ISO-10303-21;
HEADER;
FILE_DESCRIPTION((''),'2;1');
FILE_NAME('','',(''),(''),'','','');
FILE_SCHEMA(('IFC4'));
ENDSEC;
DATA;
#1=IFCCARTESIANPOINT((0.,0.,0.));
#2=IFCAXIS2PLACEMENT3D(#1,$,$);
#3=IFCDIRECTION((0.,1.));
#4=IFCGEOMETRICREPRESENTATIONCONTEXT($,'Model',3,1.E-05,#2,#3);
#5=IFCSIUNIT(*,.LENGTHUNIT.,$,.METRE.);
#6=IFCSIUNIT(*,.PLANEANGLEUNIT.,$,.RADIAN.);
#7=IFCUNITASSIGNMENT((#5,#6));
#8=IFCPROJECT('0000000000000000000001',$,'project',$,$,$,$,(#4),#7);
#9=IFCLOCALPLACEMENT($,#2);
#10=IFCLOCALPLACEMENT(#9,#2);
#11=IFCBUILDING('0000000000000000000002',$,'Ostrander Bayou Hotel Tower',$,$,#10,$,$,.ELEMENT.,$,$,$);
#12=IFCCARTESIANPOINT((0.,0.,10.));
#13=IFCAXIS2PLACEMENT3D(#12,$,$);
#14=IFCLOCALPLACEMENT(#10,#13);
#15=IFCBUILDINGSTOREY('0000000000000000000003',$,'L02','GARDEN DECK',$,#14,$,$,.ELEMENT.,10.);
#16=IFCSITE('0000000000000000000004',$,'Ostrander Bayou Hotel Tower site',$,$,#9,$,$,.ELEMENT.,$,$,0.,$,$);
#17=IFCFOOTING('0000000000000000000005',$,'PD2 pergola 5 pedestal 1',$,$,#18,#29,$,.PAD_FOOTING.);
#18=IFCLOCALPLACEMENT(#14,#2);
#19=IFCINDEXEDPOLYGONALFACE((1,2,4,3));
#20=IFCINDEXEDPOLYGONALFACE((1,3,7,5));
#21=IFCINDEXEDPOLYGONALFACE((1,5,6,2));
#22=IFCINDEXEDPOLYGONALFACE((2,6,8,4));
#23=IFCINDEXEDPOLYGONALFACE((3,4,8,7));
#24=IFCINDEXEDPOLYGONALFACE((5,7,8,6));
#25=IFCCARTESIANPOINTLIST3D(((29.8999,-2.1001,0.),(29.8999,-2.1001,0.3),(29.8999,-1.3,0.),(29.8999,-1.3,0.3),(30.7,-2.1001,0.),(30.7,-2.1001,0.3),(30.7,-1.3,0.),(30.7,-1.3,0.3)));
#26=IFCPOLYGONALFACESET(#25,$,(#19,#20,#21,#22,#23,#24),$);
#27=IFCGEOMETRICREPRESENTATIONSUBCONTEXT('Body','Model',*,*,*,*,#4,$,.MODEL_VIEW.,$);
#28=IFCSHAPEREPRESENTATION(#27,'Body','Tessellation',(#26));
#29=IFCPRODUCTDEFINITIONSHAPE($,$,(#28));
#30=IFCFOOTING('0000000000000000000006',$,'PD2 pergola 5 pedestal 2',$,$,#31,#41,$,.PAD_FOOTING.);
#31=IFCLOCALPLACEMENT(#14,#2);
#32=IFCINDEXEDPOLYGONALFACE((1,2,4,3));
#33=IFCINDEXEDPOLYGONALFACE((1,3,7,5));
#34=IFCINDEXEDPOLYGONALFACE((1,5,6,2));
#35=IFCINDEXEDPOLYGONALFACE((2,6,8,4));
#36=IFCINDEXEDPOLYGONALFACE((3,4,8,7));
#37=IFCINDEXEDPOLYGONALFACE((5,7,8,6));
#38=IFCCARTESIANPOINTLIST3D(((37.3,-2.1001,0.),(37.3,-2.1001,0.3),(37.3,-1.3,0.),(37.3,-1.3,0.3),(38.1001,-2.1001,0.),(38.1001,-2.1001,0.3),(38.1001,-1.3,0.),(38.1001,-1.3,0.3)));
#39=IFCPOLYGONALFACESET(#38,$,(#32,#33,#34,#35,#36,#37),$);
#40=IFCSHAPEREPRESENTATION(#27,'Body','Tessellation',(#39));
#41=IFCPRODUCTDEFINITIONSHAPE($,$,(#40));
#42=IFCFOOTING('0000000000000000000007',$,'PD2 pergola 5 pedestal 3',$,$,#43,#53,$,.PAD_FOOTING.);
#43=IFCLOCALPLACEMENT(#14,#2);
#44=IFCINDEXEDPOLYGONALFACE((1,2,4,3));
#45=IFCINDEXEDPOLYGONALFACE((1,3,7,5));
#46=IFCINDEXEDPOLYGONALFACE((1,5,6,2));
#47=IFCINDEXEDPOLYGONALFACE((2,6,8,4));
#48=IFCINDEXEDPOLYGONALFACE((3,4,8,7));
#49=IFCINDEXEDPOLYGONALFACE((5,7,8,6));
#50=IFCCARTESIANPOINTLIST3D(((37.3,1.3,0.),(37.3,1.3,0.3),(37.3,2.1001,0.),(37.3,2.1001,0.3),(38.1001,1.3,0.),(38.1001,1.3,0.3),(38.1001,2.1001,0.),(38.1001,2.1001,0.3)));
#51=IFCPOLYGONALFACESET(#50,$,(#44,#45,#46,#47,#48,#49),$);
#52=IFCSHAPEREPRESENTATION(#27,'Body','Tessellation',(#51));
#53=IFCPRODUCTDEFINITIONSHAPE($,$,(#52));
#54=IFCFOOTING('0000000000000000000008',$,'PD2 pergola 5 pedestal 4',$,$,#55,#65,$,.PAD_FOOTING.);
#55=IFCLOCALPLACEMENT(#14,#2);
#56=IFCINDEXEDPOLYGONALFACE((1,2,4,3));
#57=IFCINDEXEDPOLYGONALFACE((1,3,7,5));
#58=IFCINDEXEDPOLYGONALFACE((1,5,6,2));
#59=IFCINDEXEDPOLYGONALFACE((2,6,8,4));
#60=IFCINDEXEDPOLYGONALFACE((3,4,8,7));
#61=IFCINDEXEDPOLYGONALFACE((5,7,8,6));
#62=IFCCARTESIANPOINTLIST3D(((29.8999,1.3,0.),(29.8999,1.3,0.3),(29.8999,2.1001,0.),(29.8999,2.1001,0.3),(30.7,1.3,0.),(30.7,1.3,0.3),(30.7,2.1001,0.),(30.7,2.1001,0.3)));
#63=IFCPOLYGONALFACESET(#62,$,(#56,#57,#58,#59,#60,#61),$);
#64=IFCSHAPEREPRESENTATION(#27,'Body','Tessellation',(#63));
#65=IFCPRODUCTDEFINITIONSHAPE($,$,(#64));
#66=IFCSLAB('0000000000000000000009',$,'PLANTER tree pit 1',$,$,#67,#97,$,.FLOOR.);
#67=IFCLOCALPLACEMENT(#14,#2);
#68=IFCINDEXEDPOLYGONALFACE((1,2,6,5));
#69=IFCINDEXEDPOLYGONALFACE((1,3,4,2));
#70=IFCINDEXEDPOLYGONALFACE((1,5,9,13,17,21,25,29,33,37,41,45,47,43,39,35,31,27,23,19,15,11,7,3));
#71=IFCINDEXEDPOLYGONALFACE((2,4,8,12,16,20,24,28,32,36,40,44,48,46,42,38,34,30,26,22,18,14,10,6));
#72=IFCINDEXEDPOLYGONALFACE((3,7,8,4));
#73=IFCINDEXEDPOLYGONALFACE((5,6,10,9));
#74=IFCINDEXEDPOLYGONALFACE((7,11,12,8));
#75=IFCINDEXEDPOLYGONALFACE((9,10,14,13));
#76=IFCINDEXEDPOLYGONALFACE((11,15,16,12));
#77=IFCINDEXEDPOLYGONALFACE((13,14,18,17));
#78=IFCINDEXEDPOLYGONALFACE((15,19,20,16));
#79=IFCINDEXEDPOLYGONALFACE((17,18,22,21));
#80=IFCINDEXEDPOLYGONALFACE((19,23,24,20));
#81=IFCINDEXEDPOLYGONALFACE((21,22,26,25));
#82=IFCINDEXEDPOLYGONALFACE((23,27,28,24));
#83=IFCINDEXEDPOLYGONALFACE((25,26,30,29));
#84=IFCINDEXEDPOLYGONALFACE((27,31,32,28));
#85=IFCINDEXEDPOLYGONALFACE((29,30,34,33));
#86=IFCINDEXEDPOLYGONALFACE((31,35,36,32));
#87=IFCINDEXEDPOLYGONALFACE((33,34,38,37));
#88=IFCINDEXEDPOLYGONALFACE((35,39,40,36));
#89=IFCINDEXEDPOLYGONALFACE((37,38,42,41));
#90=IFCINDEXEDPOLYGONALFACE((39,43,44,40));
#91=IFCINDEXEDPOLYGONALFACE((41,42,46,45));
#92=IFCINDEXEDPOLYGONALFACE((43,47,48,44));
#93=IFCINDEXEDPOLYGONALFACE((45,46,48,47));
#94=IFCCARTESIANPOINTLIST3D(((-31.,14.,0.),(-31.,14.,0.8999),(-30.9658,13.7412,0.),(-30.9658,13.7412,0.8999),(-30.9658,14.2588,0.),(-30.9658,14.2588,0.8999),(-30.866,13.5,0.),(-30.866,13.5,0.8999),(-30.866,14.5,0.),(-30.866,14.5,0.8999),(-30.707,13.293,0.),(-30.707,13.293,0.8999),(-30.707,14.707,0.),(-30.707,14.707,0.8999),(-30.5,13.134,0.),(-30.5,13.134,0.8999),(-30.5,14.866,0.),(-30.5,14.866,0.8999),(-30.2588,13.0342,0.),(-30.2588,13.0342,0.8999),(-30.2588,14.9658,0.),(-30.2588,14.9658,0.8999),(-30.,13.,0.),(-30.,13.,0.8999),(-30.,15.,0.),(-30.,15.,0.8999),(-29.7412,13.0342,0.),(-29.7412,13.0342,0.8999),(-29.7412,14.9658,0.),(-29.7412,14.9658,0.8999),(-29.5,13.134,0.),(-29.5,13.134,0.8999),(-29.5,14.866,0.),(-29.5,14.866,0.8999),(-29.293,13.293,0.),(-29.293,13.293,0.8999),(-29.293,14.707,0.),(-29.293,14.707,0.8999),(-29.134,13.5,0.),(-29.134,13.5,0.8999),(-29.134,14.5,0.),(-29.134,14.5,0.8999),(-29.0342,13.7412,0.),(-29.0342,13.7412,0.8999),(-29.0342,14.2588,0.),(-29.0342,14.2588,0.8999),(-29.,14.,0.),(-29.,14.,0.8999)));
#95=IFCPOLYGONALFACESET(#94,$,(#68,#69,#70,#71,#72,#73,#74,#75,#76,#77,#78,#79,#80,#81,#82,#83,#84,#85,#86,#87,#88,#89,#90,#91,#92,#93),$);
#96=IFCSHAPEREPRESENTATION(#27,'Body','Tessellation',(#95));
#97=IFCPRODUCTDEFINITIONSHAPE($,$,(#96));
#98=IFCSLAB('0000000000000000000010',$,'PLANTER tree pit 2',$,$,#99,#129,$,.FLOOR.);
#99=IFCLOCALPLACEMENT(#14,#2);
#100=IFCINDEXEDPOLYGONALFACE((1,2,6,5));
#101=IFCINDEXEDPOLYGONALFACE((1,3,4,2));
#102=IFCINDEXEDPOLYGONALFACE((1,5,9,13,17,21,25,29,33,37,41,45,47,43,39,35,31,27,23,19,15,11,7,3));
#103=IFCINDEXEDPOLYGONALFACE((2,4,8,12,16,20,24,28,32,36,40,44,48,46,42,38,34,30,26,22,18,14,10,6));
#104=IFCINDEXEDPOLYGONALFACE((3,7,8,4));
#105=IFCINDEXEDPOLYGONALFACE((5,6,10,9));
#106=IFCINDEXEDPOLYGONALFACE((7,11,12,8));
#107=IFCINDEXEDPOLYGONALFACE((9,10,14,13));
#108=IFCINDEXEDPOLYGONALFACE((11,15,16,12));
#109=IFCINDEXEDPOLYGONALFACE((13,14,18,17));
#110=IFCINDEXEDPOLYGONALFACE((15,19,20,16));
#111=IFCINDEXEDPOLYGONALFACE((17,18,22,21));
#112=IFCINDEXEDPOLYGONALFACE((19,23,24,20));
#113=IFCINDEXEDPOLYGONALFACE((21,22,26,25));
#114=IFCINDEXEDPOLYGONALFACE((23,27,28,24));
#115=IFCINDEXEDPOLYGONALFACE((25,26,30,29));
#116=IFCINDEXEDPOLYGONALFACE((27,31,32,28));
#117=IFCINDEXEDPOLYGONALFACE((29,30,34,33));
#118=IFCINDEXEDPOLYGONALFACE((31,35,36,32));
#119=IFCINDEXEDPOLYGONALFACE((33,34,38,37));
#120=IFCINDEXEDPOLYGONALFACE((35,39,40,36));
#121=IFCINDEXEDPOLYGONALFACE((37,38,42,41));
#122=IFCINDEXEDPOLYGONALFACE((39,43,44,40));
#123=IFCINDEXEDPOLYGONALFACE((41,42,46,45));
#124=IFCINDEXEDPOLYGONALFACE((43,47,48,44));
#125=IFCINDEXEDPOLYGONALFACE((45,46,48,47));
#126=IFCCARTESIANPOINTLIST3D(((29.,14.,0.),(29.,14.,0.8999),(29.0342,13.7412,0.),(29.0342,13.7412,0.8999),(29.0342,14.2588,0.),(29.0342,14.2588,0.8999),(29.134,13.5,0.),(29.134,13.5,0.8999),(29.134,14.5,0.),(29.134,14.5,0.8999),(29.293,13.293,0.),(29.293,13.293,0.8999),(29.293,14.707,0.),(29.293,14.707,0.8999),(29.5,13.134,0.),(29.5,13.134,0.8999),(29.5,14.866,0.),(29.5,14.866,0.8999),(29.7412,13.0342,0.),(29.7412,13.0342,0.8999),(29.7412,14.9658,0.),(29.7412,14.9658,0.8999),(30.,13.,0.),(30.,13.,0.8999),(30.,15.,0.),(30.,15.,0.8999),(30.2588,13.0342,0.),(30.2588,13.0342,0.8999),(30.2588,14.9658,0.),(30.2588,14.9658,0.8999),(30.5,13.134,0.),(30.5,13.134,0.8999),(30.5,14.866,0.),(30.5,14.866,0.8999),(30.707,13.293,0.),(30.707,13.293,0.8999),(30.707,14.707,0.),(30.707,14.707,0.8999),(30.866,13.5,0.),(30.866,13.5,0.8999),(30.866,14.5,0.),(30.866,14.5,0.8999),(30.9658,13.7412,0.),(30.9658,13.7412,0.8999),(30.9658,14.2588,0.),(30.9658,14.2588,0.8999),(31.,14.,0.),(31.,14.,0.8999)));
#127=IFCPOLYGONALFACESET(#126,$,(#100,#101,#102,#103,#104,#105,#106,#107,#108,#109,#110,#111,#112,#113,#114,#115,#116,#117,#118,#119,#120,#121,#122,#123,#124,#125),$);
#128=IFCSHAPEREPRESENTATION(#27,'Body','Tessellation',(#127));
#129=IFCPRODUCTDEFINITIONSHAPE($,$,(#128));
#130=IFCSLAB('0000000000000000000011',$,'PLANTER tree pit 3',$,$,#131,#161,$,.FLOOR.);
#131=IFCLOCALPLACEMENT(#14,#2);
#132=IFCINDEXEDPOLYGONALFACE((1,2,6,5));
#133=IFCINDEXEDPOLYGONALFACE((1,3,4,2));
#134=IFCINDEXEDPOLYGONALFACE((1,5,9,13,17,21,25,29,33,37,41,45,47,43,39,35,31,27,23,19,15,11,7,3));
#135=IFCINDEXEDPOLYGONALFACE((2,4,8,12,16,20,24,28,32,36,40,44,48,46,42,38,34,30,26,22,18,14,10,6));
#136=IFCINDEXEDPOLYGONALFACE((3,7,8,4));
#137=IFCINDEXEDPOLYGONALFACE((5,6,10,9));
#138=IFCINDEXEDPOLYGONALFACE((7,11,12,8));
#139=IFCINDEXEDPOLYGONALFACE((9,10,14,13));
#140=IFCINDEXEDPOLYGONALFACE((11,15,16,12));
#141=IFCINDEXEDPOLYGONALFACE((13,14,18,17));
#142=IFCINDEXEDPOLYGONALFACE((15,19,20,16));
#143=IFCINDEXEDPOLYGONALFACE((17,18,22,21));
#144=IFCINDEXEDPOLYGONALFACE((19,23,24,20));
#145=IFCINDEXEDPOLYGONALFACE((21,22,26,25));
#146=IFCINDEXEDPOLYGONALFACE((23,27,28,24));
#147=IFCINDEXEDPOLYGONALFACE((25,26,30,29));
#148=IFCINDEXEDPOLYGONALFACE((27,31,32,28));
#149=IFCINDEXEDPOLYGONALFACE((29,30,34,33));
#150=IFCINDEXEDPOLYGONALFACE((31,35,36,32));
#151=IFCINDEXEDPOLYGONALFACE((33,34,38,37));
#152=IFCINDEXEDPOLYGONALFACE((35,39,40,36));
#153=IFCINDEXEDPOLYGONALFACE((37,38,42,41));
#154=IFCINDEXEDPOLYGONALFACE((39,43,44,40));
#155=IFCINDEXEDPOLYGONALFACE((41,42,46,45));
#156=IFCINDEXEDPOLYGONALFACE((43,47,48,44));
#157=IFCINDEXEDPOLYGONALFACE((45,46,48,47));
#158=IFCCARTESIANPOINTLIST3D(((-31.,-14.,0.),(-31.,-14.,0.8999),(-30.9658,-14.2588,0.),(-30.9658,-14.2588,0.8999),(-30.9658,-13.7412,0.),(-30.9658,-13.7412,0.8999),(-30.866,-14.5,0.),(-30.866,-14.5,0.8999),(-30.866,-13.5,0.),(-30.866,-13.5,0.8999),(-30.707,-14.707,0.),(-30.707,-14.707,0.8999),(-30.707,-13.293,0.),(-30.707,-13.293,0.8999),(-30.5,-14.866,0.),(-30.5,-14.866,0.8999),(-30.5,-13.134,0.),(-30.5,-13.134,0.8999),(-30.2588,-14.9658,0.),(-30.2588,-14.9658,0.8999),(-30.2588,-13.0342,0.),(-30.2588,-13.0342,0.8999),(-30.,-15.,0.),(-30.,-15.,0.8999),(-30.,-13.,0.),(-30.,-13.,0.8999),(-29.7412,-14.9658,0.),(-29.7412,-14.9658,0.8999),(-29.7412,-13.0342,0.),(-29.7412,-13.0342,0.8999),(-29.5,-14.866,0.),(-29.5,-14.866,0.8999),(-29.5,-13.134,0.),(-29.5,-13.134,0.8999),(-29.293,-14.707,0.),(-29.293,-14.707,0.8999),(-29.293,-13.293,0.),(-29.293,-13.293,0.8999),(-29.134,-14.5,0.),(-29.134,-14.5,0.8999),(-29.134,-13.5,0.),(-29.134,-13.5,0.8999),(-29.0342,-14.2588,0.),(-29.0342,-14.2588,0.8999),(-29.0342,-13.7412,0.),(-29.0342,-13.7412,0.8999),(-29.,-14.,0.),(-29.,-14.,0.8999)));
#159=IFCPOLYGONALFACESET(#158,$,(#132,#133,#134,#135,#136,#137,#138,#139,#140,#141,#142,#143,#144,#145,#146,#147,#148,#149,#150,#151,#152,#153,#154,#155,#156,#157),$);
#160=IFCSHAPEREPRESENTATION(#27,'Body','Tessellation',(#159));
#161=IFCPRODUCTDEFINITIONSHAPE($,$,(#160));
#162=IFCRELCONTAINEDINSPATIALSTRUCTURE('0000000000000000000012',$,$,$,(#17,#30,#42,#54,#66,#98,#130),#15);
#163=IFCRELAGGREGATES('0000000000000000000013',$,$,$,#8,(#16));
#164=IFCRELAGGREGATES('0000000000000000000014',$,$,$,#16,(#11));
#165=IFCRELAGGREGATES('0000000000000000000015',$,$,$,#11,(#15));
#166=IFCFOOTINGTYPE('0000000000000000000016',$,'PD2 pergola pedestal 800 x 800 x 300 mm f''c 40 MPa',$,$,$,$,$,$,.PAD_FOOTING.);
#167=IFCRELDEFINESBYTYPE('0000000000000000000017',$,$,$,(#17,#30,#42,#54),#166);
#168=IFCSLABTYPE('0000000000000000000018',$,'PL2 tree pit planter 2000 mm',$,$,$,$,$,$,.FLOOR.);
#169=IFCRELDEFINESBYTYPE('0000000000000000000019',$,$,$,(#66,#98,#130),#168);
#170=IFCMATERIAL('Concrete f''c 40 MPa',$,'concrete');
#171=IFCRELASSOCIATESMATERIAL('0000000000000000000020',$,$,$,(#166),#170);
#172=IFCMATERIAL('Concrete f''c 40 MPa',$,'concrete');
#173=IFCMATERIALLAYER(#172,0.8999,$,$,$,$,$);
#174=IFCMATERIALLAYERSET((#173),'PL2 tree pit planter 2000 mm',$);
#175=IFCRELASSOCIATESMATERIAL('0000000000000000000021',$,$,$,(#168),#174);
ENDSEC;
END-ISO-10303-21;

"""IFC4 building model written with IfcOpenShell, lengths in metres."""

from ifc_helpers import new_model, si_unit, direction, frame, origin, place, context, subcontext, project, spatial, polyline, outline, extrude, material, layer, layer_set, type_object, element, save


model = new_model("IFC4")

# Units and contexts
model_context = context("Model", 3, precision=1e-05, world=origin(), true_north=direction((0.0, 1.0)))
body_context = subcontext(model_context, "Body", "Model", "MODEL_VIEW")
ifc_project = project(units=[si_unit("LENGTHUNIT", "METRE"), si_unit("PLANEANGLEUNIT", "RADIAN")], contexts=[model_context])

# Site, building, storey
site_placement = place(None, origin())
site = spatial("IfcSite", under=ifc_project, at=site_placement, Name="Ostrander Bayou Hotel Tower site", CompositionType="ELEMENT", RefElevation=0.0)
building_placement = place(site_placement, origin())
building = spatial("IfcBuilding", under=site, at=building_placement, Name="Ostrander Bayou Hotel Tower", CompositionType="ELEMENT")
storey_placement = place(building_placement, frame((0.0, 0.0, 10.0)))
storey = spatial("IfcBuildingStorey", under=building, at=storey_placement, Name="L02", Description="GARDEN DECK", CompositionType="ELEMENT", Elevation=10.0)

# Footings
ifc_material_1 = material(Name="Concrete f'c 40 MPa", Category="concrete")
footing_type = type_object("IfcFootingType", Name="PD2 pergola pedestal 800 x 800 x 300 mm f'c 40 MPa", PredefinedType="PAD_FOOTING", material=ifc_material_1)
footing_1_placement = place(storey_placement, origin())
element("IfcFooting", 1, at=footing_1_placement, inside=storey, type_object=footing_type, Name="PD2 pergola 5 pedestal 1", PredefinedType="PAD_FOOTING", context=body_context, shape_type="SweptSolid", body=[
    extrude(outline(polyline([(30.7, -2.1001), (30.7, -1.3), (29.8999, -1.3), (29.8999, -2.1001), (30.7, -2.1001)])), origin(), (0.0, 0.0, 1.0), 0.3),
])
footing_2_placement = place(storey_placement, origin())
element("IfcFooting", 2, at=footing_2_placement, inside=storey, type_object=footing_type, Name="PD2 pergola 5 pedestal 2", PredefinedType="PAD_FOOTING", context=body_context, shape_type="SweptSolid", body=[
    extrude(outline(polyline([(38.1001, -2.1001), (38.1001, -1.3), (37.3, -1.3), (37.3, -2.1001), (38.1001, -2.1001)])), origin(), (0.0, 0.0, 1.0), 0.3),
])
footing_3_placement = place(storey_placement, origin())
element("IfcFooting", 3, at=footing_3_placement, inside=storey, type_object=footing_type, Name="PD2 pergola 5 pedestal 3", PredefinedType="PAD_FOOTING", context=body_context, shape_type="SweptSolid", body=[
    extrude(outline(polyline([(38.1001, 1.3), (38.1001, 2.1001), (37.3, 2.1001), (37.3, 1.3), (38.1001, 1.3)])), origin(), (0.0, 0.0, 1.0), 0.3),
])
footing_4_placement = place(storey_placement, origin())
element("IfcFooting", 4, at=footing_4_placement, inside=storey, type_object=footing_type, Name="PD2 pergola 5 pedestal 4", PredefinedType="PAD_FOOTING", context=body_context, shape_type="SweptSolid", body=[
    extrude(outline(polyline([(30.7, 1.3), (30.7, 2.1001), (29.8999, 2.1001), (29.8999, 1.3), (30.7, 1.3)])), origin(), (0.0, 0.0, 1.0), 0.3),
])

# Slabs
ifc_material_2 = material(Name="Concrete f'c 40 MPa", Category="concrete")
ifc_layer_1 = layer(ifc_material_2, 0.8999)
ifc_layer_set_1 = layer_set([ifc_layer_1], Name="PL2 tree pit planter 2000 mm")
slab_type_1 = type_object("IfcSlabType", Name="PL2 tree pit planter 2000 mm", PredefinedType="FLOOR", material=ifc_layer_set_1)
slab_1_placement = place(storey_placement, origin())
element("IfcSlab", 5, at=slab_1_placement, inside=storey, type_object=slab_type_1, Name="PLANTER tree pit 1", PredefinedType="FLOOR", context=body_context, shape_type="SweptSolid", body=[
    extrude(outline(polyline([(-29.0, 14.0), (-29.0342, 13.7412), (-29.134, 13.5), (-29.293, 13.293), (-29.5, 13.134), (-29.7412, 13.0342), (-30.0, 13.0), (-30.2588, 13.0342), (-30.5, 13.134), (-30.707, 13.293), (-30.866, 13.5), (-30.9658, 13.7412), (-31.0, 14.0), (-30.9658, 14.2588), (-30.866, 14.5), (-30.707, 14.707), (-30.5, 14.866), (-30.2588, 14.9658), (-30.0, 15.0), (-29.7412, 14.9658), (-29.5, 14.866), (-29.293, 14.707), (-29.134, 14.5), (-29.0342, 14.2588), (-29.0, 14.0)])), origin(), (0.0, 0.0, 1.0), 0.8999),
])
slab_2_placement = place(storey_placement, origin())
element("IfcSlab", 6, at=slab_2_placement, inside=storey, type_object=slab_type_1, Name="PLANTER tree pit 2", PredefinedType="FLOOR", context=body_context, shape_type="SweptSolid", body=[
    extrude(outline(polyline([(31.0, 14.0), (30.9658, 13.7412), (30.866, 13.5), (30.707, 13.293), (30.5, 13.134), (30.2588, 13.0342), (30.0, 13.0), (29.7412, 13.0342), (29.5, 13.134), (29.293, 13.293), (29.134, 13.5), (29.0342, 13.7412), (29.0, 14.0), (29.0342, 14.2588), (29.134, 14.5), (29.293, 14.707), (29.5, 14.866), (29.7412, 14.9658), (30.0, 15.0), (30.2588, 14.9658), (30.5, 14.866), (30.707, 14.707), (30.866, 14.5), (30.9658, 14.2588), (31.0, 14.0)])), origin(), (0.0, 0.0, 1.0), 0.8999),
])
slab_3_placement = place(storey_placement, origin())
element("IfcSlab", 7, at=slab_3_placement, inside=storey, type_object=slab_type_1, Name="PLANTER tree pit 3", PredefinedType="FLOOR", context=body_context, shape_type="SweptSolid", body=[
    extrude(outline(polyline([(-29.0, -14.0), (-29.0342, -14.2588), (-29.134, -14.5), (-29.293, -14.707), (-29.5, -14.866), (-29.7412, -14.9658), (-30.0, -15.0), (-30.2588, -14.9658), (-30.5, -14.866), (-30.707, -14.707), (-30.866, -14.5), (-30.9658, -14.2588), (-31.0, -14.0), (-30.9658, -13.7412), (-30.866, -13.5), (-30.707, -13.293), (-30.5, -13.134), (-30.2588, -13.0342), (-30.0, -13.0), (-29.7412, -13.0342), (-29.5, -13.134), (-29.293, -13.293), (-29.134, -13.5), (-29.0342, -13.7412), (-29.0, -14.0)])), origin(), (0.0, 0.0, 1.0), 0.8999),
])

save(model, "model.ifc")
